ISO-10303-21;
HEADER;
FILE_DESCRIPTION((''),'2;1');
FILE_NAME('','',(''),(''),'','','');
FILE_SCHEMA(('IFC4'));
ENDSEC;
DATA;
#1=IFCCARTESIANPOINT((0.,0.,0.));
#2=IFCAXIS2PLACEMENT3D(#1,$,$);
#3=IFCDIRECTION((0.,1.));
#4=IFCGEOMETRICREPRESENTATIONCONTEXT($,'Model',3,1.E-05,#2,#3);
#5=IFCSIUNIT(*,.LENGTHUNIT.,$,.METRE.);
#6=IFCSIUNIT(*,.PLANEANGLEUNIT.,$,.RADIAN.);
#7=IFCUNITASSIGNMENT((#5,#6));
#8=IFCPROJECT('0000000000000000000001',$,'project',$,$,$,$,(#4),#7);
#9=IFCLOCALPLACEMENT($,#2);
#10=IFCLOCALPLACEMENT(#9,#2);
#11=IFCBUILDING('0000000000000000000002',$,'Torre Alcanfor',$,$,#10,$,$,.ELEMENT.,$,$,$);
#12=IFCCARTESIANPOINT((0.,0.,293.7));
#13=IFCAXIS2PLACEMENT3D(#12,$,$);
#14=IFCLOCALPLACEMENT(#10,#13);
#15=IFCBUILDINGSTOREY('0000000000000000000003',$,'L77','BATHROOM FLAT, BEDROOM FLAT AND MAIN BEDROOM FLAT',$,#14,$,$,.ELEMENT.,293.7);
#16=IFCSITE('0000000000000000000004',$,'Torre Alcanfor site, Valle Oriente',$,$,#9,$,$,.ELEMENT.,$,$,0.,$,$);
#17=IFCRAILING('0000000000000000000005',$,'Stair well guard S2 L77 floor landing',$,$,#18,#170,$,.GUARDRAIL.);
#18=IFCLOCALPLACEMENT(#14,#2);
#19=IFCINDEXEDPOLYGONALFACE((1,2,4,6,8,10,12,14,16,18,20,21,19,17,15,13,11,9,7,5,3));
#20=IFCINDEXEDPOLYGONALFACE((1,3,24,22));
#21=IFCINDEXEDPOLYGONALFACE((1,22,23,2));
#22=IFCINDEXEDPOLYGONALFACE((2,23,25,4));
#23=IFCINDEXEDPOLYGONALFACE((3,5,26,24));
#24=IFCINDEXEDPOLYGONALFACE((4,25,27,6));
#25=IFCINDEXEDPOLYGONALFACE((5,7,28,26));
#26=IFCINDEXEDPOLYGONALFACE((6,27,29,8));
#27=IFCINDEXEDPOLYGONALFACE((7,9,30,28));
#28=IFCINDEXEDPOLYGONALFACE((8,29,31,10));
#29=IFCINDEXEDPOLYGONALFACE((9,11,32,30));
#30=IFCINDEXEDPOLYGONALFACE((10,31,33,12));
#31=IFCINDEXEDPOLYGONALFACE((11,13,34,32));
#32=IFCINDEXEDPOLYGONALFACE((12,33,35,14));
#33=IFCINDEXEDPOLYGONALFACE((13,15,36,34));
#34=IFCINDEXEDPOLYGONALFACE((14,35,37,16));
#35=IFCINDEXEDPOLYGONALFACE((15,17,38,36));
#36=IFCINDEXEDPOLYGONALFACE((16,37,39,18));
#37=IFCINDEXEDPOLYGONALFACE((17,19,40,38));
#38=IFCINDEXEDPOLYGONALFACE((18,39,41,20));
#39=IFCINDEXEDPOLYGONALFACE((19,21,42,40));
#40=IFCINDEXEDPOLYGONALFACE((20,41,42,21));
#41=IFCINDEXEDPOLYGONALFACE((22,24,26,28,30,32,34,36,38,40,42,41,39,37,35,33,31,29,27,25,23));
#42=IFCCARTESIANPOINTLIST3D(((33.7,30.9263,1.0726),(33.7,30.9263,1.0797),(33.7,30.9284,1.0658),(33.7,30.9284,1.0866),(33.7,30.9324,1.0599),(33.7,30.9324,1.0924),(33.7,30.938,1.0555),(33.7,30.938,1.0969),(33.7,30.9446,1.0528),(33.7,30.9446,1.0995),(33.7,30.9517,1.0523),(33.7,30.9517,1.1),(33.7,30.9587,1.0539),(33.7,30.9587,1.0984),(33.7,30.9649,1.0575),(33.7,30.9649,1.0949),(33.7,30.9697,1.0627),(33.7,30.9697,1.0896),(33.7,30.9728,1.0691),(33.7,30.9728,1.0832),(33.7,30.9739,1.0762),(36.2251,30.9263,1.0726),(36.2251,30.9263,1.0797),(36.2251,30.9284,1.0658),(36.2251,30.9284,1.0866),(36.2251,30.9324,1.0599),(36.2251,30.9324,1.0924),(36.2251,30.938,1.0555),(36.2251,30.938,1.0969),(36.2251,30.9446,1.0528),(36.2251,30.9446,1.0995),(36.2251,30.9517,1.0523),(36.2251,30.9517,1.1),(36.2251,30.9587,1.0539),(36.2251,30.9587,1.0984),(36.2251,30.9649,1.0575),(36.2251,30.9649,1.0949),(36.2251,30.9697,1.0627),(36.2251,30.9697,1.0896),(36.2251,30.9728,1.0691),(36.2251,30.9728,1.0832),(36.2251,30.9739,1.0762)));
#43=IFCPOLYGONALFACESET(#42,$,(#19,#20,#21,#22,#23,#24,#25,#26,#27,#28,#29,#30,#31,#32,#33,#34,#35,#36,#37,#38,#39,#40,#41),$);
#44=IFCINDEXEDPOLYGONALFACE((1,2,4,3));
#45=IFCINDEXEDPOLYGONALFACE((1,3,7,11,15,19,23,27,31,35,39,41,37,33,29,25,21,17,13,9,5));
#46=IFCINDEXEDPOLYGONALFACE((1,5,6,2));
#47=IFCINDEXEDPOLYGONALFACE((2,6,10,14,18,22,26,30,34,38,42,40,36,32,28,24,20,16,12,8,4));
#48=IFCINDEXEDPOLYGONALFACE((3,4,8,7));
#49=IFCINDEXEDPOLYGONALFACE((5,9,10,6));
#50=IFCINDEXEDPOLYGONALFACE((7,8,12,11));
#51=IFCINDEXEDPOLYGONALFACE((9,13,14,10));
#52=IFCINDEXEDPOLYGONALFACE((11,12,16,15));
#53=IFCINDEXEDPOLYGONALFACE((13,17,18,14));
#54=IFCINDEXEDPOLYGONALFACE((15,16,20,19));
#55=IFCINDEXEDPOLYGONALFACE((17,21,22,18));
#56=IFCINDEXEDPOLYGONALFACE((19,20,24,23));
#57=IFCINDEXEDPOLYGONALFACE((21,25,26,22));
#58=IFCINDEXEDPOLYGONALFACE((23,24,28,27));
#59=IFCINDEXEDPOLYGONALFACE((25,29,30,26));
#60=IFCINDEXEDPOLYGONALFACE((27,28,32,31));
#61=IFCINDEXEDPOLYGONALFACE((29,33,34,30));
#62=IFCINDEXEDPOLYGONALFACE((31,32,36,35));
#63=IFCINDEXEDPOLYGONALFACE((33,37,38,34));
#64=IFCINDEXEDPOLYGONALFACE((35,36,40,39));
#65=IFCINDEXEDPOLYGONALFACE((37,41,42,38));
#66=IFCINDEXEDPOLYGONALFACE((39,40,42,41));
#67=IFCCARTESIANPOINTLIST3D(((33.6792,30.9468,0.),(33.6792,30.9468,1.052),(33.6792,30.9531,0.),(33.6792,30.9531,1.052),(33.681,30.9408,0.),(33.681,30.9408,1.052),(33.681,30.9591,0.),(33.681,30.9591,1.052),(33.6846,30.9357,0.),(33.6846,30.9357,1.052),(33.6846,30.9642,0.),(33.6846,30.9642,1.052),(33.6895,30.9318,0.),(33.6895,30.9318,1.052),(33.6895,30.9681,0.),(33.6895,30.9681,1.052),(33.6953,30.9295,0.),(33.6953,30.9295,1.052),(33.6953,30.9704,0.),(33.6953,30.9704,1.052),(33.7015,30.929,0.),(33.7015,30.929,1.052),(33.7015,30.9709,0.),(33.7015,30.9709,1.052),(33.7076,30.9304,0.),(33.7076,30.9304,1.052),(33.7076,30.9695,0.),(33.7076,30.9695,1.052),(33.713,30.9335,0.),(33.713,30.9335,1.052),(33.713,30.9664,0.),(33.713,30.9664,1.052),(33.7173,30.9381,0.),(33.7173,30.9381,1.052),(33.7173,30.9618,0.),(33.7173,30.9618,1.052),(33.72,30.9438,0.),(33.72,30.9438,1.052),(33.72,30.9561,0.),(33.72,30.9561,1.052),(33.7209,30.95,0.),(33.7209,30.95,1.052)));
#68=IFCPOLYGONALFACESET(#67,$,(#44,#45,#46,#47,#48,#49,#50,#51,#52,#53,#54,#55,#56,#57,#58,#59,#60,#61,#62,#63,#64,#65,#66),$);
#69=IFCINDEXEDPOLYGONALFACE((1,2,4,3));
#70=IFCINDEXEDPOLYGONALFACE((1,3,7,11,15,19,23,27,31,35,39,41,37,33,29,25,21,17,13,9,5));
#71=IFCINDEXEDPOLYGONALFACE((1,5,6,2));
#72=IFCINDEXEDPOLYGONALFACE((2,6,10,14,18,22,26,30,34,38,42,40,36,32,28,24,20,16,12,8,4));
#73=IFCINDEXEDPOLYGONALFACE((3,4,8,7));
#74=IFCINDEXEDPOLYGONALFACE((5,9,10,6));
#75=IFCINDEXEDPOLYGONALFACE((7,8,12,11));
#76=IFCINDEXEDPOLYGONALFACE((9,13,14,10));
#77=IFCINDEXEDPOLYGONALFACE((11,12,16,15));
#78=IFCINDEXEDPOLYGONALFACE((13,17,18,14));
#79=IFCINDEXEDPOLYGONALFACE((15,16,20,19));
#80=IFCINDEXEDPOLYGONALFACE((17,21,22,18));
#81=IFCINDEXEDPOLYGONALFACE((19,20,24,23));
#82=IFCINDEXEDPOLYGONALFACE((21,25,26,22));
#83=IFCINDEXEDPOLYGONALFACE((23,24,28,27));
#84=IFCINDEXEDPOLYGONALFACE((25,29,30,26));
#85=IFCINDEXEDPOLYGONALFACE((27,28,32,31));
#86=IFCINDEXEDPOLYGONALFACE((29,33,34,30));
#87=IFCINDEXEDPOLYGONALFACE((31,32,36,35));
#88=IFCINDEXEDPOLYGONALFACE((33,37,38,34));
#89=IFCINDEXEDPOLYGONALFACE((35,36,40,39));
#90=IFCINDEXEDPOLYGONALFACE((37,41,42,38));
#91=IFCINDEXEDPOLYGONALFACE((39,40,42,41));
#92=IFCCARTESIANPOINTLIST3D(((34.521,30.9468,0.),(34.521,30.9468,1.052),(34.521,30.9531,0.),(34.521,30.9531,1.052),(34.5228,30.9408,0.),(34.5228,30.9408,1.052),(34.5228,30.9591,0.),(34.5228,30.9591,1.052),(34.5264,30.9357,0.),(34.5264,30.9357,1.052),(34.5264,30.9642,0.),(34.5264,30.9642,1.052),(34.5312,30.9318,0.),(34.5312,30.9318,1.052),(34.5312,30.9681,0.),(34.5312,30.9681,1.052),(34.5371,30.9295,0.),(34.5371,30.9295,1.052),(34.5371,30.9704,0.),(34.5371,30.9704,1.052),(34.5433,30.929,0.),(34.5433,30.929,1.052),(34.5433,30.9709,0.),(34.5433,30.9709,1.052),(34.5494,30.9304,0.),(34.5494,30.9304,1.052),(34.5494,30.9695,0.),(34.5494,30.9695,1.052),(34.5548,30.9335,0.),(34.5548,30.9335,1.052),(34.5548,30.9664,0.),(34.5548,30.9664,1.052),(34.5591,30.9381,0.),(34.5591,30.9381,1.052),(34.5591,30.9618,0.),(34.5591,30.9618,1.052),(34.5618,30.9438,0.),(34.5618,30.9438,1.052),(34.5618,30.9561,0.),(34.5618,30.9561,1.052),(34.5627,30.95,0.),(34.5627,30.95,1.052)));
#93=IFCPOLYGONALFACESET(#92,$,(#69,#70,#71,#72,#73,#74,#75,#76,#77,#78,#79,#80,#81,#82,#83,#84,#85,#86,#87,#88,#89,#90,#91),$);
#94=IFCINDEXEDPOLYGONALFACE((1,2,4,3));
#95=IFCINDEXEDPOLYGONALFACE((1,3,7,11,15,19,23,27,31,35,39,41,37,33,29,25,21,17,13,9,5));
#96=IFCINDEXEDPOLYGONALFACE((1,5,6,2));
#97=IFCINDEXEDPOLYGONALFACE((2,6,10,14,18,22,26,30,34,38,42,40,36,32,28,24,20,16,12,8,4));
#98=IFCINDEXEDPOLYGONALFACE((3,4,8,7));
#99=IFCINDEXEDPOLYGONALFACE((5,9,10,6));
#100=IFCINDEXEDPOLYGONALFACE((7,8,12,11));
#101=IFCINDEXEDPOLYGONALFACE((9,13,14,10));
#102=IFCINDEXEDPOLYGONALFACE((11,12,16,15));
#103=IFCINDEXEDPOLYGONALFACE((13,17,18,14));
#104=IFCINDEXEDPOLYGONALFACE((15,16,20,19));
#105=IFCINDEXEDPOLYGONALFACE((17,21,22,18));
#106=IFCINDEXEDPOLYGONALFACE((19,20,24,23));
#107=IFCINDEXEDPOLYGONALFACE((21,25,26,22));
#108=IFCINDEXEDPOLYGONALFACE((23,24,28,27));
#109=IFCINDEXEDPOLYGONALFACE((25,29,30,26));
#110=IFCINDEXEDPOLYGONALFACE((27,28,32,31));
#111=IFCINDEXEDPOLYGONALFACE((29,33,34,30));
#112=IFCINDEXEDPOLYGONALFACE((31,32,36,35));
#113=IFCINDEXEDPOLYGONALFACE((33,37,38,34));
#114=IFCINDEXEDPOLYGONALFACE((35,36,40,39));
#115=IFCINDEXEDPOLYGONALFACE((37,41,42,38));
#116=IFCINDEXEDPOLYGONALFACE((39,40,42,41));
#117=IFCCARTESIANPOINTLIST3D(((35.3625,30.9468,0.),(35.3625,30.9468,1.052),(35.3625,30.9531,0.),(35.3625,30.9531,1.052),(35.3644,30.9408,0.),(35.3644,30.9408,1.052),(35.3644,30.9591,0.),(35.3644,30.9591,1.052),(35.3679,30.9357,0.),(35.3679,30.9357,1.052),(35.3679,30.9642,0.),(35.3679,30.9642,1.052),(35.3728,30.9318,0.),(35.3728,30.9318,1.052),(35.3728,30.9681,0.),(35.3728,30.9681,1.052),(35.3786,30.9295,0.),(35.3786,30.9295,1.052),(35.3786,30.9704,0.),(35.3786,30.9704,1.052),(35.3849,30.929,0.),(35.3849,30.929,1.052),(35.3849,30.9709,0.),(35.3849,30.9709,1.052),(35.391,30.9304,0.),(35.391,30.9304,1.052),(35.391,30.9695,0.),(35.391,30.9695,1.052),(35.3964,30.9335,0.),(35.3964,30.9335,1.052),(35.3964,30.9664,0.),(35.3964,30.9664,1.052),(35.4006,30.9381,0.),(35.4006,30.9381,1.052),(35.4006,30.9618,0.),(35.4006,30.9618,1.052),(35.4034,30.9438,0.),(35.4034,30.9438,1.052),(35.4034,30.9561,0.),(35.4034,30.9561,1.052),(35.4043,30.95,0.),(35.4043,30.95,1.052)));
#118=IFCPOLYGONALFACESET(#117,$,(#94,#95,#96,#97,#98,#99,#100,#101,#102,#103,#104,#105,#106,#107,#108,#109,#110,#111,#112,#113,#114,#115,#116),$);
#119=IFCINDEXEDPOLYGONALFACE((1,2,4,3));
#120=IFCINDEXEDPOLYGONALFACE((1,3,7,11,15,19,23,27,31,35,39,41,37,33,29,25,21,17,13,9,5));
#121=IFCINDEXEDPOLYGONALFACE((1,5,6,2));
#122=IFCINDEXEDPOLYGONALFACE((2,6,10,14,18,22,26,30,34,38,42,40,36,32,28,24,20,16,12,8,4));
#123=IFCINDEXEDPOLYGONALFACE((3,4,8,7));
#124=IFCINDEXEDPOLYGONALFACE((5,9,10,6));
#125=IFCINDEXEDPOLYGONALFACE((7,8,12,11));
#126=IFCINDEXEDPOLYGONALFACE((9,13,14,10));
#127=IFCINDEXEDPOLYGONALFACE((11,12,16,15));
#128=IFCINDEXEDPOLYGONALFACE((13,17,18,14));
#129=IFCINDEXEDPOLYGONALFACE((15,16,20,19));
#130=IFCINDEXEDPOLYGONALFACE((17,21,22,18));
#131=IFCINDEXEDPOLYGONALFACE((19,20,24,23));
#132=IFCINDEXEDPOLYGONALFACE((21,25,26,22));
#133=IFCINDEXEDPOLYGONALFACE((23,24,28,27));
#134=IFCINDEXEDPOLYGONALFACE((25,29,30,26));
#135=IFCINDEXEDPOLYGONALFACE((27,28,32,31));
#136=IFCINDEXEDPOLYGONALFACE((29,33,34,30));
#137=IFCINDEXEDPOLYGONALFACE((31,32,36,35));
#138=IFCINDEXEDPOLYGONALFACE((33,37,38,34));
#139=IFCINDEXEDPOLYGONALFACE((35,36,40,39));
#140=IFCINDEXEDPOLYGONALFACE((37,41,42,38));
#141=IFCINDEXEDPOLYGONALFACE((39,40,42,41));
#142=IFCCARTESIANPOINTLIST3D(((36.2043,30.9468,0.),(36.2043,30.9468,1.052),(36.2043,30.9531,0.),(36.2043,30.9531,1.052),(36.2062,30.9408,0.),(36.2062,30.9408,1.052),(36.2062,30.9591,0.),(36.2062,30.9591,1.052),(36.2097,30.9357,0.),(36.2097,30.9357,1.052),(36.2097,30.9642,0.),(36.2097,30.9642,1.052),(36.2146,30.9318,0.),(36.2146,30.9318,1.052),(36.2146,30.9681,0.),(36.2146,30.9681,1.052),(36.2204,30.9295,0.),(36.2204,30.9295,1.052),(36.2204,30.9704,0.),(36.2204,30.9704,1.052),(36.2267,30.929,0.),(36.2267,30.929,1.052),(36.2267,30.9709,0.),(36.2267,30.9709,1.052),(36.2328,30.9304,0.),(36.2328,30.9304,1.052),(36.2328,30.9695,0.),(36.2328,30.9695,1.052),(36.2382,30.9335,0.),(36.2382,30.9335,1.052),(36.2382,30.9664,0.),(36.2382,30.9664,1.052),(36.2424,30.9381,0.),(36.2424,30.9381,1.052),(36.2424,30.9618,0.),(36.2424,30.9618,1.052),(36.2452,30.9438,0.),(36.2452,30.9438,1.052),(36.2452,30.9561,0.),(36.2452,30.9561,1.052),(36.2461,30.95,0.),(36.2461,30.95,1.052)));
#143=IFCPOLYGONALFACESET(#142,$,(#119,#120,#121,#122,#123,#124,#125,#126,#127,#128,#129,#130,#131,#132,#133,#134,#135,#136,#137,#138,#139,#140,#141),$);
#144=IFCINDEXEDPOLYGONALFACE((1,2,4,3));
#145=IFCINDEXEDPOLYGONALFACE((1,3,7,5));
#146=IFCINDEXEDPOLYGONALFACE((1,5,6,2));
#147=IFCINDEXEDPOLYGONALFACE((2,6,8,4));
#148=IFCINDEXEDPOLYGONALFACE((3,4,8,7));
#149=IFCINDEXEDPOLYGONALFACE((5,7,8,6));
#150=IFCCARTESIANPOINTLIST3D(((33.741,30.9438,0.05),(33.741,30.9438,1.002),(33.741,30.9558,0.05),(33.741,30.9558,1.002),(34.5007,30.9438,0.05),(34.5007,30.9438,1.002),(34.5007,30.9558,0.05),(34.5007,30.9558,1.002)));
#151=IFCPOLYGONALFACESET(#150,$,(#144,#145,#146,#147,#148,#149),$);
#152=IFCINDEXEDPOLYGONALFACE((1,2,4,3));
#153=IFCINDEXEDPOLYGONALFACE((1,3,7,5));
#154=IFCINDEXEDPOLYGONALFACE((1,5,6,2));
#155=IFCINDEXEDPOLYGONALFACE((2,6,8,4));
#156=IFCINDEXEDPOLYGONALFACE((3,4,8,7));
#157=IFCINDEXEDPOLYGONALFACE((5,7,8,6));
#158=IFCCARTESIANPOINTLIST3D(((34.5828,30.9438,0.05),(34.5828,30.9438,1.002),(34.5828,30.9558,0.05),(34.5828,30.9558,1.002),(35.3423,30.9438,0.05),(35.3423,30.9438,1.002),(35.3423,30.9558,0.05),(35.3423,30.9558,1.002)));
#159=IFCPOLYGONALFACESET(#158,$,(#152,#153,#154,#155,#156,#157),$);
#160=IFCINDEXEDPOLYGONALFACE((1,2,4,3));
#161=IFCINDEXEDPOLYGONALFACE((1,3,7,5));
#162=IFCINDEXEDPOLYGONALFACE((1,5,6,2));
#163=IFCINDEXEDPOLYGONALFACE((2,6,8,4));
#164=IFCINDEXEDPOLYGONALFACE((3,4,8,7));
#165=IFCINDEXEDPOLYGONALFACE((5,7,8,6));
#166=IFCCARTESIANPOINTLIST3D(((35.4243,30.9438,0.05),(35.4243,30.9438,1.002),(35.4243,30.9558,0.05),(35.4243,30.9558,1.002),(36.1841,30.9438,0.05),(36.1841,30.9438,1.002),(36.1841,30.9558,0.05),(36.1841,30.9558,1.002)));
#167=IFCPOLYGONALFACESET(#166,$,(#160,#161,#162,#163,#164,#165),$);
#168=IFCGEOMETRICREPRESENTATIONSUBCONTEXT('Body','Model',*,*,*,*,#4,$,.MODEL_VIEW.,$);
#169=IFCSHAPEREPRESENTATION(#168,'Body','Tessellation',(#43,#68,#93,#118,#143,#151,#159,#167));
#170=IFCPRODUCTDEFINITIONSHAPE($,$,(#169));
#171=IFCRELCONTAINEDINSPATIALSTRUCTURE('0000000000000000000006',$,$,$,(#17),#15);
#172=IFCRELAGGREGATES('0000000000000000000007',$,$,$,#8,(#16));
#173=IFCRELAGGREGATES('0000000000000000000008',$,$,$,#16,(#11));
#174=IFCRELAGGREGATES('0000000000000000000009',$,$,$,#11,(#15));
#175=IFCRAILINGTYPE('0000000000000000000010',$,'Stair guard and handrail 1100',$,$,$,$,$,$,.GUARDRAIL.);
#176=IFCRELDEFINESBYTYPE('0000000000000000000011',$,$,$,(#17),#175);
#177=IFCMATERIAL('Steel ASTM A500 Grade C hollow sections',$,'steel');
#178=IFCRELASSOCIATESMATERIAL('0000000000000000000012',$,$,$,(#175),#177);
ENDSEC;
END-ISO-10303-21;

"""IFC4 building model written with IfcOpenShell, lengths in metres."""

from ifc_helpers import new_model, si_unit, direction, frame, origin, origin_2d, place, context, subcontext, project, spatial, polyline, circle, outline, extrude, material, type_object, element, save


model = new_model("IFC4")

# Units and contexts
model_context = context("Model", 3, precision=1e-05, world=origin(), true_north=direction((0.0, 1.0)))
body_context = subcontext(model_context, "Body", "Model", "MODEL_VIEW")
ifc_project = project(units=[si_unit("LENGTHUNIT", "METRE"), si_unit("PLANEANGLEUNIT", "RADIAN")], contexts=[model_context])

# Site, building, storey
site_placement = place(None, origin())
site = spatial("IfcSite", under=ifc_project, at=site_placement, Name="Torre Alcanfor site, Valle Oriente", CompositionType="ELEMENT", RefElevation=0.0)
building_placement = place(site_placement, origin())
building = spatial("IfcBuilding", under=site, at=building_placement, Name="Torre Alcanfor", CompositionType="ELEMENT")
storey_placement = place(building_placement, frame((0.0, 0.0, 293.7)))
storey = spatial("IfcBuildingStorey", under=building, at=storey_placement, Name="L77", Description="BATHROOM FLAT, BEDROOM FLAT AND MAIN BEDROOM FLAT", CompositionType="ELEMENT", Elevation=293.7)

# Railing
ifc_material_1 = material(Name="Steel ASTM A500 Grade C hollow sections", Category="steel")
railing_type_1 = type_object("IfcRailingType", Name="Stair guard and handrail 1100", PredefinedType="GUARDRAIL", material=ifc_material_1)
for number, where, name in (
    (1, (33.7, 30.95, 0.0), "Stair well guard S2 L77 floor landing"),
):
    element("IfcRailing", number, at=place(storey_placement, frame(where)), inside=storey, type_object=railing_type_1, Name=name, PredefinedType="GUARDRAIL", context=body_context, shape_type="SweptSolid", body=[
        extrude(circle(Radius=0.0239, at=origin_2d()), frame((0.0, 0.0, 1.0762), z_axis=(1.0, 0.0, 0.0), x_axis=(0.0, 1.0, 0.0)), (0.0, 0.0, 1.0), 2.5251),
        extrude(circle(Radius=0.021, at=origin_2d()), origin(), (0.0, 0.0, 1.0), 1.052),
        extrude(circle(Radius=0.021, at=origin_2d()), frame((0.8418, 0.0, 0.0)), (0.0, 0.0, 1.0), 1.052),
        extrude(circle(Radius=0.021, at=origin_2d()), frame((1.6833, 0.0, 0.0)), (0.0, 0.0, 1.0), 1.052),
        extrude(circle(Radius=0.021, at=origin_2d()), frame((2.5251, 0.0, 0.0)), (0.0, 0.0, 1.0), 1.052),
        extrude(outline(polyline([(0.041, 0.05), (0.8008, 0.05), (0.8008, 1.002), (0.041, 1.002), (0.041, 0.05)])), frame((0.0, 0.0059, 0.0), z_axis=(0.0, -1.0, 0.0), x_axis=(1.0, 0.0, 0.0)), (0.0, 0.0, 1.0), 0.012),
        extrude(outline(polyline([(0.8828, 0.05), (1.6423, 0.05), (1.6423, 1.002), (0.8828, 1.002), (0.8828, 0.05)])), frame((0.0, 0.0059, 0.0), z_axis=(0.0, -1.0, 0.0), x_axis=(1.0, 0.0, 0.0)), (0.0, 0.0, 1.0), 0.012),
        extrude(outline(polyline([(1.7244, 0.05), (2.4841, 0.05), (2.4841, 1.002), (1.7244, 1.002), (1.7244, 0.05)])), frame((0.0, 0.0059, 0.0), z_axis=(0.0, -1.0, 0.0), x_axis=(1.0, 0.0, 0.0)), (0.0, 0.0, 1.0), 0.012),
    ])

save(model, "model.ifc")
